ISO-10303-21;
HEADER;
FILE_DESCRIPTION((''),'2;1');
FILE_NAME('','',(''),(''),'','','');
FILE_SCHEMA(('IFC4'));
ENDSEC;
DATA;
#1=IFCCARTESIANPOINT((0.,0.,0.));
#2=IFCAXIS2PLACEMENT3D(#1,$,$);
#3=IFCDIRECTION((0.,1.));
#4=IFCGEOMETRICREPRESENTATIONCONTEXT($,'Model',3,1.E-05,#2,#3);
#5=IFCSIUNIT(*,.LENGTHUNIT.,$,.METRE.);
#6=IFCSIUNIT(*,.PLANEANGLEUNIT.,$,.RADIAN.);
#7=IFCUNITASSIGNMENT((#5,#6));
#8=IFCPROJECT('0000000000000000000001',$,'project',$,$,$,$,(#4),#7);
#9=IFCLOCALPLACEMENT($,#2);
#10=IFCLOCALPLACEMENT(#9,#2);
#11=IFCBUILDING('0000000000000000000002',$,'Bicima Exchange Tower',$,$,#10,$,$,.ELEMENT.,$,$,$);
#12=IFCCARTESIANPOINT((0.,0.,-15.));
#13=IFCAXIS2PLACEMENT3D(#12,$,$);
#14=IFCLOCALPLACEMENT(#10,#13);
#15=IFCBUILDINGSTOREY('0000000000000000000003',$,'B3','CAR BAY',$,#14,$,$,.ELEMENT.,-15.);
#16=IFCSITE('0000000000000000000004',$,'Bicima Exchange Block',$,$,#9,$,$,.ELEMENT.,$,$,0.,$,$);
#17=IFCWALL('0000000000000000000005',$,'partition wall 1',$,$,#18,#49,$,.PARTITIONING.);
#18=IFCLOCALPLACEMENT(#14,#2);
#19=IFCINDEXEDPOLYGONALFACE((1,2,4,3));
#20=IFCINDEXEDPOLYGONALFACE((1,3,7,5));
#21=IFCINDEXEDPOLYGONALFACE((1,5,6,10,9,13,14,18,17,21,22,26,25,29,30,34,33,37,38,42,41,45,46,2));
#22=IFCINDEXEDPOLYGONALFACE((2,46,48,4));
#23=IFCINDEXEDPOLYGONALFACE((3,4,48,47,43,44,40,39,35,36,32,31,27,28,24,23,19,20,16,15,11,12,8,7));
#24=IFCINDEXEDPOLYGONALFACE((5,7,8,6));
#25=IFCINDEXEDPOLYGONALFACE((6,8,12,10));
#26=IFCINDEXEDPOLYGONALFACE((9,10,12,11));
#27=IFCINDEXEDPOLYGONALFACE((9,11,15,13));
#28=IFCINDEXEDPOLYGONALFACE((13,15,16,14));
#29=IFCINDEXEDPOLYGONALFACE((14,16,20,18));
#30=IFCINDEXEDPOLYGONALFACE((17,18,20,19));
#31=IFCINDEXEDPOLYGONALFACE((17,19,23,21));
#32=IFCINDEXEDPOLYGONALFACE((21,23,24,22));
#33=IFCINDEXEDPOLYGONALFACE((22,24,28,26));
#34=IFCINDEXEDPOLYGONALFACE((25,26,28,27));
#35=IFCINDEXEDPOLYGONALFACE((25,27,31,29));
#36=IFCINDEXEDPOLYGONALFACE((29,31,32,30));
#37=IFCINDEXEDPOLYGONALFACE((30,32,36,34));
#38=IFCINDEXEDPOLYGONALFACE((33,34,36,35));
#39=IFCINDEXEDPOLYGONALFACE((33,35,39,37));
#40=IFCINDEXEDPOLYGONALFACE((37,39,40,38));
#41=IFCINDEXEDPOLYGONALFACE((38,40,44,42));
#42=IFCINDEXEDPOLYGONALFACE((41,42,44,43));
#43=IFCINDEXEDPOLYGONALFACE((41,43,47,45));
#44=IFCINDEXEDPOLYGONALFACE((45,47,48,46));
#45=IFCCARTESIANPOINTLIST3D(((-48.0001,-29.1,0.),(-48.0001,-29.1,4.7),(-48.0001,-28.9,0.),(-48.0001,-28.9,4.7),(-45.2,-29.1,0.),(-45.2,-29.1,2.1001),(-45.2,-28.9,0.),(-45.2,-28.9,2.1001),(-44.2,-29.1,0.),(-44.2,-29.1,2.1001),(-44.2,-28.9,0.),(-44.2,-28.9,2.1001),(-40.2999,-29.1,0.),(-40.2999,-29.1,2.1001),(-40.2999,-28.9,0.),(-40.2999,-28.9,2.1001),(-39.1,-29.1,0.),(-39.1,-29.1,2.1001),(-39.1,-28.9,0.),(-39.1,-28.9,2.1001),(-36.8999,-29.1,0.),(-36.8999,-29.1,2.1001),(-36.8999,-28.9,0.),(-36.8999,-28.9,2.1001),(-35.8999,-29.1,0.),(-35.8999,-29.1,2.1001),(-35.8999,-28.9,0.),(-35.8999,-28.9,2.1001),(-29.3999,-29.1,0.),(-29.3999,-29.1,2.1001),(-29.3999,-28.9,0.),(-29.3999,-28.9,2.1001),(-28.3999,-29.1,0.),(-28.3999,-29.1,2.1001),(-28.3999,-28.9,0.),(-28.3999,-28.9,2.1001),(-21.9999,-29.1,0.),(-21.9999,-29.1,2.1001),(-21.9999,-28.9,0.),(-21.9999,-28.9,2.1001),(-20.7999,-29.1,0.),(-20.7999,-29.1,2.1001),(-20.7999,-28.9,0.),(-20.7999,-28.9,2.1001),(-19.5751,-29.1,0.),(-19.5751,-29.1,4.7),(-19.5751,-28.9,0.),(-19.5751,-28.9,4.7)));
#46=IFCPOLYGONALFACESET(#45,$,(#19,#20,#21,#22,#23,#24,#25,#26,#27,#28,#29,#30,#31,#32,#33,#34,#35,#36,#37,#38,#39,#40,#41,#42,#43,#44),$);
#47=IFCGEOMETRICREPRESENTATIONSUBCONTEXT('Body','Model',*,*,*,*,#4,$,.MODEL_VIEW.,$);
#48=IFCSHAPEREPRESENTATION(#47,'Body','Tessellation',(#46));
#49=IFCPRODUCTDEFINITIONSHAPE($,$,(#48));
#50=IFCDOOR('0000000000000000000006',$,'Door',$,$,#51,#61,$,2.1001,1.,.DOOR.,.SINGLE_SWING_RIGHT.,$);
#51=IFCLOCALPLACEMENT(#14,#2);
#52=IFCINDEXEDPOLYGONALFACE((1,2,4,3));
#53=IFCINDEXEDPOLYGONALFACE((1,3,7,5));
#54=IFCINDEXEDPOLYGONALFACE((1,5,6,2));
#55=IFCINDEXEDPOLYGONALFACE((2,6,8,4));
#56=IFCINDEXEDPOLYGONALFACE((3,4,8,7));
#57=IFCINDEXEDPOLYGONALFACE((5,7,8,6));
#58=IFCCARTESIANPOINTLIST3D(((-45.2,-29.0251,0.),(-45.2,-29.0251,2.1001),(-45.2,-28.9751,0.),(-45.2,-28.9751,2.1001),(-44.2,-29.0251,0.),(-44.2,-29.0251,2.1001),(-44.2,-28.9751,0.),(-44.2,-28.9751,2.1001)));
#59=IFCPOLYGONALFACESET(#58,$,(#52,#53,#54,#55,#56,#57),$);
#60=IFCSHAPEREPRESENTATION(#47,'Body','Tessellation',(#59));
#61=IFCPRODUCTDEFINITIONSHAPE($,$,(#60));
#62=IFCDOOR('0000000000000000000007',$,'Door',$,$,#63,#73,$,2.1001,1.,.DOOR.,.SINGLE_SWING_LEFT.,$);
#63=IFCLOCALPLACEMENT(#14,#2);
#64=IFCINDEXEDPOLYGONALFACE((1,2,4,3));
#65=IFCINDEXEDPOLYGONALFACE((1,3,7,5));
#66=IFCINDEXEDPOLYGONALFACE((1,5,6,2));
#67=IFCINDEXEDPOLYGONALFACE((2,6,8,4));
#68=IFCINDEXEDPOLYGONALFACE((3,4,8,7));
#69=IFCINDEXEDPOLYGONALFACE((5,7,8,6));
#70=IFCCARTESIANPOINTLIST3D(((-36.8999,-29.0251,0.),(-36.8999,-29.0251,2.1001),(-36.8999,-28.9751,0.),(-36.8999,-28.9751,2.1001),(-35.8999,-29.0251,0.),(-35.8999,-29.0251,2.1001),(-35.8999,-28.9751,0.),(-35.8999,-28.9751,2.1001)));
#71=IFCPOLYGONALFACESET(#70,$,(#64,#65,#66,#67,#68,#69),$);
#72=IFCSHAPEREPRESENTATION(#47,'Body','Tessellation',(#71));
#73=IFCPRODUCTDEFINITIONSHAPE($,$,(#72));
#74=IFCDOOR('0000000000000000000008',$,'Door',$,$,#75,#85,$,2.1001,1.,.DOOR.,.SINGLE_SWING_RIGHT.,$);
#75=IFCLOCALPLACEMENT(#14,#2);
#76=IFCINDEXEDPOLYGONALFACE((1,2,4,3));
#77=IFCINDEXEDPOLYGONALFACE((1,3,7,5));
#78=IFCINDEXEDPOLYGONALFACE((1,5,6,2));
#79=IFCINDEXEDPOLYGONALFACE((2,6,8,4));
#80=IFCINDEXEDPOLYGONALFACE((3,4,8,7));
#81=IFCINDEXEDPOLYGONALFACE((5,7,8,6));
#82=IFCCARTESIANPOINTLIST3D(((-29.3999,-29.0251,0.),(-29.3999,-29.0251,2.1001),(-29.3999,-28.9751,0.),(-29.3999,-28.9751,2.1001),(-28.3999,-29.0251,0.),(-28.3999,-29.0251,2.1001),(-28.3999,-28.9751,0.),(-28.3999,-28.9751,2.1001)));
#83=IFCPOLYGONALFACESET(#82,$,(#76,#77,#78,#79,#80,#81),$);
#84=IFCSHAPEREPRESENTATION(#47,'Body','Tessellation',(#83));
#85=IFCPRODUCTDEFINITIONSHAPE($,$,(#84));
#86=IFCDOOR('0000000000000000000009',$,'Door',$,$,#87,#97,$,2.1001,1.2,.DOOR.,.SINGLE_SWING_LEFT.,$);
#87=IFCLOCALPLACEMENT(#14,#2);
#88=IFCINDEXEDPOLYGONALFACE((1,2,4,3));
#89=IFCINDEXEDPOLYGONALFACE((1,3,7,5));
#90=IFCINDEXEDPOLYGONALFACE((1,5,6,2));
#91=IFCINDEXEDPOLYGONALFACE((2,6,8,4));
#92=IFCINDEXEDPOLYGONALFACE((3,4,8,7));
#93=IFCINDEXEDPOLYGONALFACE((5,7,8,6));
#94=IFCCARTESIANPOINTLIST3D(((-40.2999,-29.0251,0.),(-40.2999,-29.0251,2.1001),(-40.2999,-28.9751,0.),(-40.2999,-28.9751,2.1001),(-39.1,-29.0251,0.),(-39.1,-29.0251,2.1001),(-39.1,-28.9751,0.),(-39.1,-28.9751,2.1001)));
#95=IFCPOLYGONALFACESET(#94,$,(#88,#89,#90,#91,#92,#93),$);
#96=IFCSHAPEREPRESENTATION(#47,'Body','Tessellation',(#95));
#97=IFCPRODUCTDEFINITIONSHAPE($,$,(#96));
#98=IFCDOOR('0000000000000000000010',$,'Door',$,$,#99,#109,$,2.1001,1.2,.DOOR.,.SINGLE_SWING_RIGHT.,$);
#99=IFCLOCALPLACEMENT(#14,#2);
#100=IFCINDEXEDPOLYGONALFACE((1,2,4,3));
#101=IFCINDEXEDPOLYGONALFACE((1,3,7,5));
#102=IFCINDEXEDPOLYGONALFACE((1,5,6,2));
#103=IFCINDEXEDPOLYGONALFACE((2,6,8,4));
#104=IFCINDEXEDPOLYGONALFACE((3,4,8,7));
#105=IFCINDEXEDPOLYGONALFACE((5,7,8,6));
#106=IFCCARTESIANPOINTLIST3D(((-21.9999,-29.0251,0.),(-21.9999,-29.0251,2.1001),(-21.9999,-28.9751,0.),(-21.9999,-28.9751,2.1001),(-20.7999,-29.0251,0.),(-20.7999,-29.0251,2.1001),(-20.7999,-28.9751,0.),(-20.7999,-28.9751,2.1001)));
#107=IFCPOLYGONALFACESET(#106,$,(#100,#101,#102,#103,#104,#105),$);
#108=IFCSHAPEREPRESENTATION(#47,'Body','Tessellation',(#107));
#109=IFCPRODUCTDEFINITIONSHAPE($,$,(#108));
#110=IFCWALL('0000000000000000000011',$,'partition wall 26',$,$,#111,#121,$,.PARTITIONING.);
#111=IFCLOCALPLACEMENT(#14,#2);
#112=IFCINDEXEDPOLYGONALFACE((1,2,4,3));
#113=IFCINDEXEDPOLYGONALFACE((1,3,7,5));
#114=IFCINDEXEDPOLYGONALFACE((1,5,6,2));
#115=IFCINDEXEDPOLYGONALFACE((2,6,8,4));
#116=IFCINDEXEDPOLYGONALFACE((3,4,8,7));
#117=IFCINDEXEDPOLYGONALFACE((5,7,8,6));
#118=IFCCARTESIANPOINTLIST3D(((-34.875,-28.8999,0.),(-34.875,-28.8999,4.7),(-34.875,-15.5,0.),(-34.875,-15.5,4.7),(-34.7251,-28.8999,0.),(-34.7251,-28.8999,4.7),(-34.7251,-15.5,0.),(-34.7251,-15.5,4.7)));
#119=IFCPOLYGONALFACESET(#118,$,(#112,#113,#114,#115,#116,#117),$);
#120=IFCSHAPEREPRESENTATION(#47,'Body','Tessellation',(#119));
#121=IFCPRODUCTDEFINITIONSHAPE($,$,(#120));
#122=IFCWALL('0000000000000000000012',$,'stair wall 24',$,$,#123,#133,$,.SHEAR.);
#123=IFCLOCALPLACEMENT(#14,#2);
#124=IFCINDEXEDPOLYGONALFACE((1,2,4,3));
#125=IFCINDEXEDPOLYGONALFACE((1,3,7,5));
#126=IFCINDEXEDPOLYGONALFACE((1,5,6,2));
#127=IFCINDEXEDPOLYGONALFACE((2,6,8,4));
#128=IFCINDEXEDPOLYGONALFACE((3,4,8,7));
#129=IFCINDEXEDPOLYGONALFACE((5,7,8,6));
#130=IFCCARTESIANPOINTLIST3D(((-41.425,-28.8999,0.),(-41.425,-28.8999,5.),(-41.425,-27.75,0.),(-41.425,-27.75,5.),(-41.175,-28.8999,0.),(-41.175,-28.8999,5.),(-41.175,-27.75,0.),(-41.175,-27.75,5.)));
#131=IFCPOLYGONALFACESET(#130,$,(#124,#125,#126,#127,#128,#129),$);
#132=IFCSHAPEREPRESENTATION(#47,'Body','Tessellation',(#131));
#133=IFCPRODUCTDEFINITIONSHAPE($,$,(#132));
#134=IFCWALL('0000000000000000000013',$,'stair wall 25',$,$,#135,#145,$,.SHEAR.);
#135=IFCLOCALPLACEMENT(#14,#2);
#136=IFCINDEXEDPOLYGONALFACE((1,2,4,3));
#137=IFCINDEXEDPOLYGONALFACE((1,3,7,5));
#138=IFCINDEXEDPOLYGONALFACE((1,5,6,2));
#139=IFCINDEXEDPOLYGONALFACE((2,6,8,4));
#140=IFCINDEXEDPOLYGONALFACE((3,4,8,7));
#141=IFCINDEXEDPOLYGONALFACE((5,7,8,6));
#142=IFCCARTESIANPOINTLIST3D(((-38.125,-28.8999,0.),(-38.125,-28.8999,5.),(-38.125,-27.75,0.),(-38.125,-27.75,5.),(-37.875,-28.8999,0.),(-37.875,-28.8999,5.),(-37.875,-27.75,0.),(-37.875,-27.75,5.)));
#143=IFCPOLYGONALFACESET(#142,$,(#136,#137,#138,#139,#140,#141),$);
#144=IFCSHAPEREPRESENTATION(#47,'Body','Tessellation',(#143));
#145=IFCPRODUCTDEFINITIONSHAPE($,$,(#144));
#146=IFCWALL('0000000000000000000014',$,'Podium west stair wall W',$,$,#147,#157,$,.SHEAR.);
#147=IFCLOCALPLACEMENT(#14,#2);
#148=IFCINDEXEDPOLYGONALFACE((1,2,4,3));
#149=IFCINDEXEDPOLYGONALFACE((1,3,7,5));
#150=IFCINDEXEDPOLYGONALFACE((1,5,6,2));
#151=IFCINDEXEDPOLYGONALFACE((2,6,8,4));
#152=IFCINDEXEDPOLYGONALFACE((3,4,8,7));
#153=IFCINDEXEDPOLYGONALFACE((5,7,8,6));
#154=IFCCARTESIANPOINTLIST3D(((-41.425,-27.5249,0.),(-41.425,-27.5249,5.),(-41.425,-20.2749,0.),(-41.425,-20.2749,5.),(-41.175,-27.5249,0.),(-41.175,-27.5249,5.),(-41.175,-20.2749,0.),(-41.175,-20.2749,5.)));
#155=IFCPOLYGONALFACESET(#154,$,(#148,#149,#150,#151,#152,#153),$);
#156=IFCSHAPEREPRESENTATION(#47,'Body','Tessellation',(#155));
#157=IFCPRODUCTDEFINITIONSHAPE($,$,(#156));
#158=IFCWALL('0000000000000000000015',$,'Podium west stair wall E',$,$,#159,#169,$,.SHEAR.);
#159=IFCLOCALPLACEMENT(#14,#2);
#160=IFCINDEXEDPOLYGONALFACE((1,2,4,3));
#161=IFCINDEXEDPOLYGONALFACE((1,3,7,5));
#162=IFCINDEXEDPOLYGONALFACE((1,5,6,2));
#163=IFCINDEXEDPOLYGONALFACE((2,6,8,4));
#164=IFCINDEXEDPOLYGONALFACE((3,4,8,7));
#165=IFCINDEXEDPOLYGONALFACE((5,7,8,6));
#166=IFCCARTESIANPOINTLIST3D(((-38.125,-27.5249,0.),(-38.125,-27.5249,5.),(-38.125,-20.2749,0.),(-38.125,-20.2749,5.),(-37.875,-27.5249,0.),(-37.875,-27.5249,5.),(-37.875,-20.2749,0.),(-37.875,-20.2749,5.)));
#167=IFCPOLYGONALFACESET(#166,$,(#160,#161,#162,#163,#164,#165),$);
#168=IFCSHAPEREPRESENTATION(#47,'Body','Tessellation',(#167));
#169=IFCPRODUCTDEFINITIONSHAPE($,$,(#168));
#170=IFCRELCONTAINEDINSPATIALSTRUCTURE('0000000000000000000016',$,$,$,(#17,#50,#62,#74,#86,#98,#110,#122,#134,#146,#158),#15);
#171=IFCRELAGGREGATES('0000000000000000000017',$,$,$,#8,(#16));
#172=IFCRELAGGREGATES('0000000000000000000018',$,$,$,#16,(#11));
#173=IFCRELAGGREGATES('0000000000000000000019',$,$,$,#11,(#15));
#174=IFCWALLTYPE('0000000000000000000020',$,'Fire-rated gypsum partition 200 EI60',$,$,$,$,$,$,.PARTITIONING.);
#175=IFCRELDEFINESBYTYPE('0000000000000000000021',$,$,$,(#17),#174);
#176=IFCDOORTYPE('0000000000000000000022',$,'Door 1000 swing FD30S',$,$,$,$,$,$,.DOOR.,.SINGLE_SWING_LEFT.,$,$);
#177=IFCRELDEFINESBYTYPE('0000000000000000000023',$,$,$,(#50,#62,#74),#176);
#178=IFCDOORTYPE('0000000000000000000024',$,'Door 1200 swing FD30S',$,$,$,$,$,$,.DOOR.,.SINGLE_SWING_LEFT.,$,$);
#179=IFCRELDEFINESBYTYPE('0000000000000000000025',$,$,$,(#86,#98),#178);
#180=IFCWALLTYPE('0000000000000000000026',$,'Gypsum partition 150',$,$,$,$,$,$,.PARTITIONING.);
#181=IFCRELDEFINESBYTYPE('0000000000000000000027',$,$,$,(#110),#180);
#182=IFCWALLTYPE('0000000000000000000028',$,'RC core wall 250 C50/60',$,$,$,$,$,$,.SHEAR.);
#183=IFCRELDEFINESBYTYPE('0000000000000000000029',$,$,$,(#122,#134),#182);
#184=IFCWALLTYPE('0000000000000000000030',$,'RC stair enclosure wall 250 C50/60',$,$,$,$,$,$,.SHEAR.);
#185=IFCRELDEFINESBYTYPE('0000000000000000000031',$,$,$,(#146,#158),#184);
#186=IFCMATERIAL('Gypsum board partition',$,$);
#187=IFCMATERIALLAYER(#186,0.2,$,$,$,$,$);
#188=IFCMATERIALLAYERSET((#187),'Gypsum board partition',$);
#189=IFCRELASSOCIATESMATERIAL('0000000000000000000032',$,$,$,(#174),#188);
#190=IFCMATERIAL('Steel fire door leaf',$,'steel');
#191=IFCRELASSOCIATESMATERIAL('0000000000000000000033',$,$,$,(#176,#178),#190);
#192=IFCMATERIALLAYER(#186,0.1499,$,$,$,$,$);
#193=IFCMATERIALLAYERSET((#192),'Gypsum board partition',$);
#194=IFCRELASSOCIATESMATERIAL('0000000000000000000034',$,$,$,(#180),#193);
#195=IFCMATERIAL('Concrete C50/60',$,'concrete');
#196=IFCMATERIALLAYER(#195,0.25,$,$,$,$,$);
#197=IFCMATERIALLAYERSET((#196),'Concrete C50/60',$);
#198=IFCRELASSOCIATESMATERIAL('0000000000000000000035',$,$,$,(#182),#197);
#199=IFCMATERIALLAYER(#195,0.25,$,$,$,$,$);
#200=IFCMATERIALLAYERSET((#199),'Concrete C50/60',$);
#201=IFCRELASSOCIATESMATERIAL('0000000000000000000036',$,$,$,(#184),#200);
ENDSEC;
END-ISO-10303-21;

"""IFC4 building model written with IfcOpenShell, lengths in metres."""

from ifc_helpers import new_model, si_unit, direction, frame, frame_2d, origin, place, context, subcontext, project, spatial, rectangle, extrude, material, layer, layer_set, type_object, element, fill, save


model = new_model("IFC4")

# Units and contexts
model_context = context("Model", 3, precision=1e-05, world=origin(), true_north=direction((0.0, 1.0)))
body_context = subcontext(model_context, "Body", "Model", "MODEL_VIEW")
ifc_project = project(units=[si_unit("LENGTHUNIT", "METRE"), si_unit("PLANEANGLEUNIT", "RADIAN")], contexts=[model_context])

# Site, building, storey
site_placement = place(None, origin())
site = spatial("IfcSite", under=ifc_project, at=site_placement, Name="Bicima Exchange Block", CompositionType="ELEMENT", RefElevation=0.0)
building_placement = place(site_placement, origin())
building = spatial("IfcBuilding", under=site, at=building_placement, Name="Bicima Exchange Tower", CompositionType="ELEMENT")
storey_placement = place(building_placement, frame((0.0, 0.0, -15.0)))
storey = spatial("IfcBuildingStorey", under=building, at=storey_placement, Name="B3", Description="CAR BAY", CompositionType="ELEMENT", Elevation=-15.0)

# Wall, openings, doors
ifc_material_1 = material(Name="Gypsum board partition")
ifc_layer_1 = layer(ifc_material_1, 0.2)
ifc_layer_set_1 = layer_set([ifc_layer_1], Name="Gypsum board partition")
wall_type_1 = type_object("IfcWallType", Name="Fire-rated gypsum partition 200 EI60", PredefinedType="PARTITIONING", material=ifc_layer_set_1)
wall_1_placement = place(storey_placement, frame((-48.0, -29.0, 0.0), z_axis=(0.0, 0.0, 1.0), x_axis=(1.0, 0.0, 0.0)))
wall_1 = element("IfcWall", 1, at=wall_1_placement, inside=storey, type_object=wall_type_1, Name="partition wall 1", PredefinedType="PARTITIONING", context=body_context, shape_type="SweptSolid", body=[
    extrude(rectangle(XDim=28.425, YDim=0.2, at=frame_2d((14.2124, 0.0))), origin(), (0.0, 0.0, 1.0), 4.7),
])
opening_1_placement = place(wall_1_placement, frame((7.7, 0.0, 0.0)))
opening_1 = element("IfcOpeningElement", 2, at=opening_1_placement, cuts=wall_1, PredefinedType="OPENING", context=body_context, shape_type="SweptSolid", body=[
    extrude(rectangle(XDim=1.2, YDim=2.1001, at=frame_2d((0.6001, 1.05))), frame((0.0, 0.1118, 0.0), z_axis=(0.0, -1.0, 0.0), x_axis=(1.0, 0.0, 0.0)), (0.0, 0.0, 1.0), 0.2239),
])
opening_2_placement = place(wall_1_placement, frame((26.0, 0.0, 0.0)))
opening_2 = element("IfcOpeningElement", 3, at=opening_2_placement, cuts=wall_1, PredefinedType="OPENING", context=body_context, shape_type="SweptSolid", body=[
    extrude(rectangle(XDim=1.2, YDim=2.1001, at=frame_2d((0.6001, 1.05))), frame((0.0, 0.1118, 0.0), z_axis=(0.0, -1.0, 0.0), x_axis=(1.0, 0.0, 0.0)), (0.0, 0.0, 1.0), 0.2239),
])
opening_3_placement = place(wall_1_placement, frame((2.8, 0.0, 0.0)))
opening_3 = element("IfcOpeningElement", 4, at=opening_3_placement, cuts=wall_1, PredefinedType="OPENING", context=body_context, shape_type="SweptSolid", body=[
    extrude(rectangle(XDim=1.0, YDim=2.1001, at=frame_2d((0.5, 1.05))), frame((0.0, 0.1118, 0.0), z_axis=(0.0, -1.0, 0.0), x_axis=(1.0, 0.0, 0.0)), (0.0, 0.0, 1.0), 0.2239),
])
opening_4_placement = place(wall_1_placement, frame((11.1001, 0.0, 0.0)))
opening_4 = element("IfcOpeningElement", 5, at=opening_4_placement, cuts=wall_1, PredefinedType="OPENING", context=body_context, shape_type="SweptSolid", body=[
    extrude(rectangle(XDim=1.0, YDim=2.1001, at=frame_2d((0.5, 1.05))), frame((0.0, 0.1118, 0.0), z_axis=(0.0, -1.0, 0.0), x_axis=(1.0, 0.0, 0.0)), (0.0, 0.0, 1.0), 0.2239),
])
opening_5_placement = place(wall_1_placement, frame((18.6001, 0.0, 0.0)))
opening_5 = element("IfcOpeningElement", 6, at=opening_5_placement, cuts=wall_1, PredefinedType="OPENING", context=body_context, shape_type="SweptSolid", body=[
    extrude(rectangle(XDim=1.0, YDim=2.1001, at=frame_2d((0.5, 1.05))), frame((0.0, 0.1118, 0.0), z_axis=(0.0, -1.0, 0.0), x_axis=(1.0, 0.0, 0.0)), (0.0, 0.0, 1.0), 0.2239),
])
ifc_material_2 = material(Name="Steel fire door leaf", Category="steel")
door_type_1 = type_object("IfcDoorType", Name="Door 1000 swing FD30S", OperationType="SINGLE_SWING_LEFT", PredefinedType="DOOR", material=ifc_material_2)
door_1_placement = place(opening_3_placement, origin())
door_1 = element("IfcDoor", 7, at=door_1_placement, inside=storey, type_object=door_type_1, Name="Door", OperationType="SINGLE_SWING_RIGHT", OverallHeight=2.1001, OverallWidth=1.0, PredefinedType="DOOR", context=body_context, shape_type="SweptSolid", body=[
    extrude(rectangle(XDim=1.0, YDim=2.1001, at=frame_2d((0.5, 1.05))), frame((0.0, 0.0249, 0.0), z_axis=(0.0, -1.0, 0.0), x_axis=(1.0, 0.0, 0.0)), (0.0, 0.0, 1.0), 0.05),
])
fill(opening_3, door_1)
door_2_placement = place(opening_4_placement, origin())
door_2 = element("IfcDoor", 8, at=door_2_placement, inside=storey, type_object=door_type_1, Name="Door", OperationType="SINGLE_SWING_LEFT", OverallHeight=2.1001, OverallWidth=1.0, PredefinedType="DOOR", context=body_context, shape_type="SweptSolid", body=[
    extrude(rectangle(XDim=1.0, YDim=2.1001, at=frame_2d((0.5, 1.05))), frame((0.0, 0.0249, 0.0), z_axis=(0.0, -1.0, 0.0), x_axis=(1.0, 0.0, 0.0)), (0.0, 0.0, 1.0), 0.05),
])
fill(opening_4, door_2)
door_3_placement = place(opening_5_placement, origin())
door_3 = element("IfcDoor", 9, at=door_3_placement, inside=storey, type_object=door_type_1, Name="Door", OperationType="SINGLE_SWING_RIGHT", OverallHeight=2.1001, OverallWidth=1.0, PredefinedType="DOOR", context=body_context, shape_type="SweptSolid", body=[
    extrude(rectangle(XDim=1.0, YDim=2.1001, at=frame_2d((0.5, 1.05))), frame((0.0, 0.0249, 0.0), z_axis=(0.0, -1.0, 0.0), x_axis=(1.0, 0.0, 0.0)), (0.0, 0.0, 1.0), 0.05),
])
fill(opening_5, door_3)
door_type_2 = type_object("IfcDoorType", Name="Door 1200 swing FD30S", OperationType="SINGLE_SWING_LEFT", PredefinedType="DOOR", material=ifc_material_2)
door_4_placement = place(opening_1_placement, origin())
door_4 = element("IfcDoor", 10, at=door_4_placement, inside=storey, type_object=door_type_2, Name="Door", OperationType="SINGLE_SWING_LEFT", OverallHeight=2.1001, OverallWidth=1.2, PredefinedType="DOOR", context=body_context, shape_type="SweptSolid", body=[
    extrude(rectangle(XDim=1.2, YDim=2.1001, at=frame_2d((0.6001, 1.05))), frame((0.0, 0.0249, 0.0), z_axis=(0.0, -1.0, 0.0), x_axis=(1.0, 0.0, 0.0)), (0.0, 0.0, 1.0), 0.05),
])
fill(opening_1, door_4)
door_5_placement = place(opening_2_placement, origin())
door_5 = element("IfcDoor", 11, at=door_5_placement, inside=storey, type_object=door_type_2, Name="Door", OperationType="SINGLE_SWING_RIGHT", OverallHeight=2.1001, OverallWidth=1.2, PredefinedType="DOOR", context=body_context, shape_type="SweptSolid", body=[
    extrude(rectangle(XDim=1.2, YDim=2.1001, at=frame_2d((0.6001, 1.05))), frame((0.0, 0.0249, 0.0), z_axis=(0.0, -1.0, 0.0), x_axis=(1.0, 0.0, 0.0)), (0.0, 0.0, 1.0), 0.05),
])
fill(opening_2, door_5)

# Walls
ifc_layer_2 = layer(ifc_material_1, 0.1499)
ifc_layer_set_2 = layer_set([ifc_layer_2], Name="Gypsum board partition")
wall_type_2 = type_object("IfcWallType", Name="Gypsum partition 150", PredefinedType="PARTITIONING", material=ifc_layer_set_2)
wall_2_placement = place(storey_placement, frame((-34.8, -28.8999, 0.0), z_axis=(0.0, 0.0, 1.0), x_axis=(0.0, 1.0, 0.0)))
element("IfcWall", 12, at=wall_2_placement, inside=storey, type_object=wall_type_2, Name="partition wall 26", PredefinedType="PARTITIONING", context=body_context, shape_type="SweptSolid", body=[
    extrude(rectangle(XDim=13.3999, YDim=0.1499, at=frame_2d((6.7, 0.0))), origin(), (0.0, 0.0, 1.0), 4.7),
])
ifc_material_3 = material(Name="Concrete C50/60", Category="concrete")
ifc_layer_3 = layer(ifc_material_3, 0.25)
ifc_layer_set_3 = layer_set([ifc_layer_3], Name="Concrete C50/60")
wall_type_3 = type_object("IfcWallType", Name="RC core wall 250 C50/60", PredefinedType="SHEAR", material=ifc_layer_set_3)
for number, where, z_axis, x_axis, name in (
    (13, (-41.3, -28.8999, 0.0), (0.0, 0.0, 1.0), (0.0, 1.0, 0.0), "stair wall 24"),
    (14, (-38.0, -28.8999, 0.0), (0.0, 0.0, 1.0), (0.0, 1.0, 0.0), "stair wall 25"),
):
    element("IfcWall", number, at=place(storey_placement, frame(where, z_axis=z_axis, x_axis=x_axis)), inside=storey, type_object=wall_type_3, Name=name, PredefinedType="SHEAR", context=body_context, shape_type="SweptSolid", body=[
        extrude(rectangle(XDim=1.1499, YDim=0.25, at=frame_2d((0.575, 0.0))), origin(), (0.0, 0.0, 1.0), 5.0),
    ])
ifc_layer_4 = layer(ifc_material_3, 0.25)
ifc_layer_set_4 = layer_set([ifc_layer_4], Name="Concrete C50/60")
wall_type_4 = type_object("IfcWallType", Name="RC stair enclosure wall 250 C50/60", PredefinedType="SHEAR", material=ifc_layer_set_4)
for number, where, z_axis, x_axis, name in (
    (15, (-41.3, -27.5249, 0.0), (0.0, 0.0, 1.0), (0.0, 1.0, 0.0), "Podium west stair wall W"),
    (16, (-38.0, -27.5249, 0.0), (0.0, 0.0, 1.0), (0.0, 1.0, 0.0), "Podium west stair wall E"),
):
    element("IfcWall", number, at=place(storey_placement, frame(where, z_axis=z_axis, x_axis=x_axis)), inside=storey, type_object=wall_type_4, Name=name, PredefinedType="SHEAR", context=body_context, shape_type="SweptSolid", body=[
        extrude(rectangle(XDim=7.25, YDim=0.25, at=frame_2d((3.625, 0.0))), origin(), (0.0, 0.0, 1.0), 5.0),
    ])

save(model, "model.ifc")
